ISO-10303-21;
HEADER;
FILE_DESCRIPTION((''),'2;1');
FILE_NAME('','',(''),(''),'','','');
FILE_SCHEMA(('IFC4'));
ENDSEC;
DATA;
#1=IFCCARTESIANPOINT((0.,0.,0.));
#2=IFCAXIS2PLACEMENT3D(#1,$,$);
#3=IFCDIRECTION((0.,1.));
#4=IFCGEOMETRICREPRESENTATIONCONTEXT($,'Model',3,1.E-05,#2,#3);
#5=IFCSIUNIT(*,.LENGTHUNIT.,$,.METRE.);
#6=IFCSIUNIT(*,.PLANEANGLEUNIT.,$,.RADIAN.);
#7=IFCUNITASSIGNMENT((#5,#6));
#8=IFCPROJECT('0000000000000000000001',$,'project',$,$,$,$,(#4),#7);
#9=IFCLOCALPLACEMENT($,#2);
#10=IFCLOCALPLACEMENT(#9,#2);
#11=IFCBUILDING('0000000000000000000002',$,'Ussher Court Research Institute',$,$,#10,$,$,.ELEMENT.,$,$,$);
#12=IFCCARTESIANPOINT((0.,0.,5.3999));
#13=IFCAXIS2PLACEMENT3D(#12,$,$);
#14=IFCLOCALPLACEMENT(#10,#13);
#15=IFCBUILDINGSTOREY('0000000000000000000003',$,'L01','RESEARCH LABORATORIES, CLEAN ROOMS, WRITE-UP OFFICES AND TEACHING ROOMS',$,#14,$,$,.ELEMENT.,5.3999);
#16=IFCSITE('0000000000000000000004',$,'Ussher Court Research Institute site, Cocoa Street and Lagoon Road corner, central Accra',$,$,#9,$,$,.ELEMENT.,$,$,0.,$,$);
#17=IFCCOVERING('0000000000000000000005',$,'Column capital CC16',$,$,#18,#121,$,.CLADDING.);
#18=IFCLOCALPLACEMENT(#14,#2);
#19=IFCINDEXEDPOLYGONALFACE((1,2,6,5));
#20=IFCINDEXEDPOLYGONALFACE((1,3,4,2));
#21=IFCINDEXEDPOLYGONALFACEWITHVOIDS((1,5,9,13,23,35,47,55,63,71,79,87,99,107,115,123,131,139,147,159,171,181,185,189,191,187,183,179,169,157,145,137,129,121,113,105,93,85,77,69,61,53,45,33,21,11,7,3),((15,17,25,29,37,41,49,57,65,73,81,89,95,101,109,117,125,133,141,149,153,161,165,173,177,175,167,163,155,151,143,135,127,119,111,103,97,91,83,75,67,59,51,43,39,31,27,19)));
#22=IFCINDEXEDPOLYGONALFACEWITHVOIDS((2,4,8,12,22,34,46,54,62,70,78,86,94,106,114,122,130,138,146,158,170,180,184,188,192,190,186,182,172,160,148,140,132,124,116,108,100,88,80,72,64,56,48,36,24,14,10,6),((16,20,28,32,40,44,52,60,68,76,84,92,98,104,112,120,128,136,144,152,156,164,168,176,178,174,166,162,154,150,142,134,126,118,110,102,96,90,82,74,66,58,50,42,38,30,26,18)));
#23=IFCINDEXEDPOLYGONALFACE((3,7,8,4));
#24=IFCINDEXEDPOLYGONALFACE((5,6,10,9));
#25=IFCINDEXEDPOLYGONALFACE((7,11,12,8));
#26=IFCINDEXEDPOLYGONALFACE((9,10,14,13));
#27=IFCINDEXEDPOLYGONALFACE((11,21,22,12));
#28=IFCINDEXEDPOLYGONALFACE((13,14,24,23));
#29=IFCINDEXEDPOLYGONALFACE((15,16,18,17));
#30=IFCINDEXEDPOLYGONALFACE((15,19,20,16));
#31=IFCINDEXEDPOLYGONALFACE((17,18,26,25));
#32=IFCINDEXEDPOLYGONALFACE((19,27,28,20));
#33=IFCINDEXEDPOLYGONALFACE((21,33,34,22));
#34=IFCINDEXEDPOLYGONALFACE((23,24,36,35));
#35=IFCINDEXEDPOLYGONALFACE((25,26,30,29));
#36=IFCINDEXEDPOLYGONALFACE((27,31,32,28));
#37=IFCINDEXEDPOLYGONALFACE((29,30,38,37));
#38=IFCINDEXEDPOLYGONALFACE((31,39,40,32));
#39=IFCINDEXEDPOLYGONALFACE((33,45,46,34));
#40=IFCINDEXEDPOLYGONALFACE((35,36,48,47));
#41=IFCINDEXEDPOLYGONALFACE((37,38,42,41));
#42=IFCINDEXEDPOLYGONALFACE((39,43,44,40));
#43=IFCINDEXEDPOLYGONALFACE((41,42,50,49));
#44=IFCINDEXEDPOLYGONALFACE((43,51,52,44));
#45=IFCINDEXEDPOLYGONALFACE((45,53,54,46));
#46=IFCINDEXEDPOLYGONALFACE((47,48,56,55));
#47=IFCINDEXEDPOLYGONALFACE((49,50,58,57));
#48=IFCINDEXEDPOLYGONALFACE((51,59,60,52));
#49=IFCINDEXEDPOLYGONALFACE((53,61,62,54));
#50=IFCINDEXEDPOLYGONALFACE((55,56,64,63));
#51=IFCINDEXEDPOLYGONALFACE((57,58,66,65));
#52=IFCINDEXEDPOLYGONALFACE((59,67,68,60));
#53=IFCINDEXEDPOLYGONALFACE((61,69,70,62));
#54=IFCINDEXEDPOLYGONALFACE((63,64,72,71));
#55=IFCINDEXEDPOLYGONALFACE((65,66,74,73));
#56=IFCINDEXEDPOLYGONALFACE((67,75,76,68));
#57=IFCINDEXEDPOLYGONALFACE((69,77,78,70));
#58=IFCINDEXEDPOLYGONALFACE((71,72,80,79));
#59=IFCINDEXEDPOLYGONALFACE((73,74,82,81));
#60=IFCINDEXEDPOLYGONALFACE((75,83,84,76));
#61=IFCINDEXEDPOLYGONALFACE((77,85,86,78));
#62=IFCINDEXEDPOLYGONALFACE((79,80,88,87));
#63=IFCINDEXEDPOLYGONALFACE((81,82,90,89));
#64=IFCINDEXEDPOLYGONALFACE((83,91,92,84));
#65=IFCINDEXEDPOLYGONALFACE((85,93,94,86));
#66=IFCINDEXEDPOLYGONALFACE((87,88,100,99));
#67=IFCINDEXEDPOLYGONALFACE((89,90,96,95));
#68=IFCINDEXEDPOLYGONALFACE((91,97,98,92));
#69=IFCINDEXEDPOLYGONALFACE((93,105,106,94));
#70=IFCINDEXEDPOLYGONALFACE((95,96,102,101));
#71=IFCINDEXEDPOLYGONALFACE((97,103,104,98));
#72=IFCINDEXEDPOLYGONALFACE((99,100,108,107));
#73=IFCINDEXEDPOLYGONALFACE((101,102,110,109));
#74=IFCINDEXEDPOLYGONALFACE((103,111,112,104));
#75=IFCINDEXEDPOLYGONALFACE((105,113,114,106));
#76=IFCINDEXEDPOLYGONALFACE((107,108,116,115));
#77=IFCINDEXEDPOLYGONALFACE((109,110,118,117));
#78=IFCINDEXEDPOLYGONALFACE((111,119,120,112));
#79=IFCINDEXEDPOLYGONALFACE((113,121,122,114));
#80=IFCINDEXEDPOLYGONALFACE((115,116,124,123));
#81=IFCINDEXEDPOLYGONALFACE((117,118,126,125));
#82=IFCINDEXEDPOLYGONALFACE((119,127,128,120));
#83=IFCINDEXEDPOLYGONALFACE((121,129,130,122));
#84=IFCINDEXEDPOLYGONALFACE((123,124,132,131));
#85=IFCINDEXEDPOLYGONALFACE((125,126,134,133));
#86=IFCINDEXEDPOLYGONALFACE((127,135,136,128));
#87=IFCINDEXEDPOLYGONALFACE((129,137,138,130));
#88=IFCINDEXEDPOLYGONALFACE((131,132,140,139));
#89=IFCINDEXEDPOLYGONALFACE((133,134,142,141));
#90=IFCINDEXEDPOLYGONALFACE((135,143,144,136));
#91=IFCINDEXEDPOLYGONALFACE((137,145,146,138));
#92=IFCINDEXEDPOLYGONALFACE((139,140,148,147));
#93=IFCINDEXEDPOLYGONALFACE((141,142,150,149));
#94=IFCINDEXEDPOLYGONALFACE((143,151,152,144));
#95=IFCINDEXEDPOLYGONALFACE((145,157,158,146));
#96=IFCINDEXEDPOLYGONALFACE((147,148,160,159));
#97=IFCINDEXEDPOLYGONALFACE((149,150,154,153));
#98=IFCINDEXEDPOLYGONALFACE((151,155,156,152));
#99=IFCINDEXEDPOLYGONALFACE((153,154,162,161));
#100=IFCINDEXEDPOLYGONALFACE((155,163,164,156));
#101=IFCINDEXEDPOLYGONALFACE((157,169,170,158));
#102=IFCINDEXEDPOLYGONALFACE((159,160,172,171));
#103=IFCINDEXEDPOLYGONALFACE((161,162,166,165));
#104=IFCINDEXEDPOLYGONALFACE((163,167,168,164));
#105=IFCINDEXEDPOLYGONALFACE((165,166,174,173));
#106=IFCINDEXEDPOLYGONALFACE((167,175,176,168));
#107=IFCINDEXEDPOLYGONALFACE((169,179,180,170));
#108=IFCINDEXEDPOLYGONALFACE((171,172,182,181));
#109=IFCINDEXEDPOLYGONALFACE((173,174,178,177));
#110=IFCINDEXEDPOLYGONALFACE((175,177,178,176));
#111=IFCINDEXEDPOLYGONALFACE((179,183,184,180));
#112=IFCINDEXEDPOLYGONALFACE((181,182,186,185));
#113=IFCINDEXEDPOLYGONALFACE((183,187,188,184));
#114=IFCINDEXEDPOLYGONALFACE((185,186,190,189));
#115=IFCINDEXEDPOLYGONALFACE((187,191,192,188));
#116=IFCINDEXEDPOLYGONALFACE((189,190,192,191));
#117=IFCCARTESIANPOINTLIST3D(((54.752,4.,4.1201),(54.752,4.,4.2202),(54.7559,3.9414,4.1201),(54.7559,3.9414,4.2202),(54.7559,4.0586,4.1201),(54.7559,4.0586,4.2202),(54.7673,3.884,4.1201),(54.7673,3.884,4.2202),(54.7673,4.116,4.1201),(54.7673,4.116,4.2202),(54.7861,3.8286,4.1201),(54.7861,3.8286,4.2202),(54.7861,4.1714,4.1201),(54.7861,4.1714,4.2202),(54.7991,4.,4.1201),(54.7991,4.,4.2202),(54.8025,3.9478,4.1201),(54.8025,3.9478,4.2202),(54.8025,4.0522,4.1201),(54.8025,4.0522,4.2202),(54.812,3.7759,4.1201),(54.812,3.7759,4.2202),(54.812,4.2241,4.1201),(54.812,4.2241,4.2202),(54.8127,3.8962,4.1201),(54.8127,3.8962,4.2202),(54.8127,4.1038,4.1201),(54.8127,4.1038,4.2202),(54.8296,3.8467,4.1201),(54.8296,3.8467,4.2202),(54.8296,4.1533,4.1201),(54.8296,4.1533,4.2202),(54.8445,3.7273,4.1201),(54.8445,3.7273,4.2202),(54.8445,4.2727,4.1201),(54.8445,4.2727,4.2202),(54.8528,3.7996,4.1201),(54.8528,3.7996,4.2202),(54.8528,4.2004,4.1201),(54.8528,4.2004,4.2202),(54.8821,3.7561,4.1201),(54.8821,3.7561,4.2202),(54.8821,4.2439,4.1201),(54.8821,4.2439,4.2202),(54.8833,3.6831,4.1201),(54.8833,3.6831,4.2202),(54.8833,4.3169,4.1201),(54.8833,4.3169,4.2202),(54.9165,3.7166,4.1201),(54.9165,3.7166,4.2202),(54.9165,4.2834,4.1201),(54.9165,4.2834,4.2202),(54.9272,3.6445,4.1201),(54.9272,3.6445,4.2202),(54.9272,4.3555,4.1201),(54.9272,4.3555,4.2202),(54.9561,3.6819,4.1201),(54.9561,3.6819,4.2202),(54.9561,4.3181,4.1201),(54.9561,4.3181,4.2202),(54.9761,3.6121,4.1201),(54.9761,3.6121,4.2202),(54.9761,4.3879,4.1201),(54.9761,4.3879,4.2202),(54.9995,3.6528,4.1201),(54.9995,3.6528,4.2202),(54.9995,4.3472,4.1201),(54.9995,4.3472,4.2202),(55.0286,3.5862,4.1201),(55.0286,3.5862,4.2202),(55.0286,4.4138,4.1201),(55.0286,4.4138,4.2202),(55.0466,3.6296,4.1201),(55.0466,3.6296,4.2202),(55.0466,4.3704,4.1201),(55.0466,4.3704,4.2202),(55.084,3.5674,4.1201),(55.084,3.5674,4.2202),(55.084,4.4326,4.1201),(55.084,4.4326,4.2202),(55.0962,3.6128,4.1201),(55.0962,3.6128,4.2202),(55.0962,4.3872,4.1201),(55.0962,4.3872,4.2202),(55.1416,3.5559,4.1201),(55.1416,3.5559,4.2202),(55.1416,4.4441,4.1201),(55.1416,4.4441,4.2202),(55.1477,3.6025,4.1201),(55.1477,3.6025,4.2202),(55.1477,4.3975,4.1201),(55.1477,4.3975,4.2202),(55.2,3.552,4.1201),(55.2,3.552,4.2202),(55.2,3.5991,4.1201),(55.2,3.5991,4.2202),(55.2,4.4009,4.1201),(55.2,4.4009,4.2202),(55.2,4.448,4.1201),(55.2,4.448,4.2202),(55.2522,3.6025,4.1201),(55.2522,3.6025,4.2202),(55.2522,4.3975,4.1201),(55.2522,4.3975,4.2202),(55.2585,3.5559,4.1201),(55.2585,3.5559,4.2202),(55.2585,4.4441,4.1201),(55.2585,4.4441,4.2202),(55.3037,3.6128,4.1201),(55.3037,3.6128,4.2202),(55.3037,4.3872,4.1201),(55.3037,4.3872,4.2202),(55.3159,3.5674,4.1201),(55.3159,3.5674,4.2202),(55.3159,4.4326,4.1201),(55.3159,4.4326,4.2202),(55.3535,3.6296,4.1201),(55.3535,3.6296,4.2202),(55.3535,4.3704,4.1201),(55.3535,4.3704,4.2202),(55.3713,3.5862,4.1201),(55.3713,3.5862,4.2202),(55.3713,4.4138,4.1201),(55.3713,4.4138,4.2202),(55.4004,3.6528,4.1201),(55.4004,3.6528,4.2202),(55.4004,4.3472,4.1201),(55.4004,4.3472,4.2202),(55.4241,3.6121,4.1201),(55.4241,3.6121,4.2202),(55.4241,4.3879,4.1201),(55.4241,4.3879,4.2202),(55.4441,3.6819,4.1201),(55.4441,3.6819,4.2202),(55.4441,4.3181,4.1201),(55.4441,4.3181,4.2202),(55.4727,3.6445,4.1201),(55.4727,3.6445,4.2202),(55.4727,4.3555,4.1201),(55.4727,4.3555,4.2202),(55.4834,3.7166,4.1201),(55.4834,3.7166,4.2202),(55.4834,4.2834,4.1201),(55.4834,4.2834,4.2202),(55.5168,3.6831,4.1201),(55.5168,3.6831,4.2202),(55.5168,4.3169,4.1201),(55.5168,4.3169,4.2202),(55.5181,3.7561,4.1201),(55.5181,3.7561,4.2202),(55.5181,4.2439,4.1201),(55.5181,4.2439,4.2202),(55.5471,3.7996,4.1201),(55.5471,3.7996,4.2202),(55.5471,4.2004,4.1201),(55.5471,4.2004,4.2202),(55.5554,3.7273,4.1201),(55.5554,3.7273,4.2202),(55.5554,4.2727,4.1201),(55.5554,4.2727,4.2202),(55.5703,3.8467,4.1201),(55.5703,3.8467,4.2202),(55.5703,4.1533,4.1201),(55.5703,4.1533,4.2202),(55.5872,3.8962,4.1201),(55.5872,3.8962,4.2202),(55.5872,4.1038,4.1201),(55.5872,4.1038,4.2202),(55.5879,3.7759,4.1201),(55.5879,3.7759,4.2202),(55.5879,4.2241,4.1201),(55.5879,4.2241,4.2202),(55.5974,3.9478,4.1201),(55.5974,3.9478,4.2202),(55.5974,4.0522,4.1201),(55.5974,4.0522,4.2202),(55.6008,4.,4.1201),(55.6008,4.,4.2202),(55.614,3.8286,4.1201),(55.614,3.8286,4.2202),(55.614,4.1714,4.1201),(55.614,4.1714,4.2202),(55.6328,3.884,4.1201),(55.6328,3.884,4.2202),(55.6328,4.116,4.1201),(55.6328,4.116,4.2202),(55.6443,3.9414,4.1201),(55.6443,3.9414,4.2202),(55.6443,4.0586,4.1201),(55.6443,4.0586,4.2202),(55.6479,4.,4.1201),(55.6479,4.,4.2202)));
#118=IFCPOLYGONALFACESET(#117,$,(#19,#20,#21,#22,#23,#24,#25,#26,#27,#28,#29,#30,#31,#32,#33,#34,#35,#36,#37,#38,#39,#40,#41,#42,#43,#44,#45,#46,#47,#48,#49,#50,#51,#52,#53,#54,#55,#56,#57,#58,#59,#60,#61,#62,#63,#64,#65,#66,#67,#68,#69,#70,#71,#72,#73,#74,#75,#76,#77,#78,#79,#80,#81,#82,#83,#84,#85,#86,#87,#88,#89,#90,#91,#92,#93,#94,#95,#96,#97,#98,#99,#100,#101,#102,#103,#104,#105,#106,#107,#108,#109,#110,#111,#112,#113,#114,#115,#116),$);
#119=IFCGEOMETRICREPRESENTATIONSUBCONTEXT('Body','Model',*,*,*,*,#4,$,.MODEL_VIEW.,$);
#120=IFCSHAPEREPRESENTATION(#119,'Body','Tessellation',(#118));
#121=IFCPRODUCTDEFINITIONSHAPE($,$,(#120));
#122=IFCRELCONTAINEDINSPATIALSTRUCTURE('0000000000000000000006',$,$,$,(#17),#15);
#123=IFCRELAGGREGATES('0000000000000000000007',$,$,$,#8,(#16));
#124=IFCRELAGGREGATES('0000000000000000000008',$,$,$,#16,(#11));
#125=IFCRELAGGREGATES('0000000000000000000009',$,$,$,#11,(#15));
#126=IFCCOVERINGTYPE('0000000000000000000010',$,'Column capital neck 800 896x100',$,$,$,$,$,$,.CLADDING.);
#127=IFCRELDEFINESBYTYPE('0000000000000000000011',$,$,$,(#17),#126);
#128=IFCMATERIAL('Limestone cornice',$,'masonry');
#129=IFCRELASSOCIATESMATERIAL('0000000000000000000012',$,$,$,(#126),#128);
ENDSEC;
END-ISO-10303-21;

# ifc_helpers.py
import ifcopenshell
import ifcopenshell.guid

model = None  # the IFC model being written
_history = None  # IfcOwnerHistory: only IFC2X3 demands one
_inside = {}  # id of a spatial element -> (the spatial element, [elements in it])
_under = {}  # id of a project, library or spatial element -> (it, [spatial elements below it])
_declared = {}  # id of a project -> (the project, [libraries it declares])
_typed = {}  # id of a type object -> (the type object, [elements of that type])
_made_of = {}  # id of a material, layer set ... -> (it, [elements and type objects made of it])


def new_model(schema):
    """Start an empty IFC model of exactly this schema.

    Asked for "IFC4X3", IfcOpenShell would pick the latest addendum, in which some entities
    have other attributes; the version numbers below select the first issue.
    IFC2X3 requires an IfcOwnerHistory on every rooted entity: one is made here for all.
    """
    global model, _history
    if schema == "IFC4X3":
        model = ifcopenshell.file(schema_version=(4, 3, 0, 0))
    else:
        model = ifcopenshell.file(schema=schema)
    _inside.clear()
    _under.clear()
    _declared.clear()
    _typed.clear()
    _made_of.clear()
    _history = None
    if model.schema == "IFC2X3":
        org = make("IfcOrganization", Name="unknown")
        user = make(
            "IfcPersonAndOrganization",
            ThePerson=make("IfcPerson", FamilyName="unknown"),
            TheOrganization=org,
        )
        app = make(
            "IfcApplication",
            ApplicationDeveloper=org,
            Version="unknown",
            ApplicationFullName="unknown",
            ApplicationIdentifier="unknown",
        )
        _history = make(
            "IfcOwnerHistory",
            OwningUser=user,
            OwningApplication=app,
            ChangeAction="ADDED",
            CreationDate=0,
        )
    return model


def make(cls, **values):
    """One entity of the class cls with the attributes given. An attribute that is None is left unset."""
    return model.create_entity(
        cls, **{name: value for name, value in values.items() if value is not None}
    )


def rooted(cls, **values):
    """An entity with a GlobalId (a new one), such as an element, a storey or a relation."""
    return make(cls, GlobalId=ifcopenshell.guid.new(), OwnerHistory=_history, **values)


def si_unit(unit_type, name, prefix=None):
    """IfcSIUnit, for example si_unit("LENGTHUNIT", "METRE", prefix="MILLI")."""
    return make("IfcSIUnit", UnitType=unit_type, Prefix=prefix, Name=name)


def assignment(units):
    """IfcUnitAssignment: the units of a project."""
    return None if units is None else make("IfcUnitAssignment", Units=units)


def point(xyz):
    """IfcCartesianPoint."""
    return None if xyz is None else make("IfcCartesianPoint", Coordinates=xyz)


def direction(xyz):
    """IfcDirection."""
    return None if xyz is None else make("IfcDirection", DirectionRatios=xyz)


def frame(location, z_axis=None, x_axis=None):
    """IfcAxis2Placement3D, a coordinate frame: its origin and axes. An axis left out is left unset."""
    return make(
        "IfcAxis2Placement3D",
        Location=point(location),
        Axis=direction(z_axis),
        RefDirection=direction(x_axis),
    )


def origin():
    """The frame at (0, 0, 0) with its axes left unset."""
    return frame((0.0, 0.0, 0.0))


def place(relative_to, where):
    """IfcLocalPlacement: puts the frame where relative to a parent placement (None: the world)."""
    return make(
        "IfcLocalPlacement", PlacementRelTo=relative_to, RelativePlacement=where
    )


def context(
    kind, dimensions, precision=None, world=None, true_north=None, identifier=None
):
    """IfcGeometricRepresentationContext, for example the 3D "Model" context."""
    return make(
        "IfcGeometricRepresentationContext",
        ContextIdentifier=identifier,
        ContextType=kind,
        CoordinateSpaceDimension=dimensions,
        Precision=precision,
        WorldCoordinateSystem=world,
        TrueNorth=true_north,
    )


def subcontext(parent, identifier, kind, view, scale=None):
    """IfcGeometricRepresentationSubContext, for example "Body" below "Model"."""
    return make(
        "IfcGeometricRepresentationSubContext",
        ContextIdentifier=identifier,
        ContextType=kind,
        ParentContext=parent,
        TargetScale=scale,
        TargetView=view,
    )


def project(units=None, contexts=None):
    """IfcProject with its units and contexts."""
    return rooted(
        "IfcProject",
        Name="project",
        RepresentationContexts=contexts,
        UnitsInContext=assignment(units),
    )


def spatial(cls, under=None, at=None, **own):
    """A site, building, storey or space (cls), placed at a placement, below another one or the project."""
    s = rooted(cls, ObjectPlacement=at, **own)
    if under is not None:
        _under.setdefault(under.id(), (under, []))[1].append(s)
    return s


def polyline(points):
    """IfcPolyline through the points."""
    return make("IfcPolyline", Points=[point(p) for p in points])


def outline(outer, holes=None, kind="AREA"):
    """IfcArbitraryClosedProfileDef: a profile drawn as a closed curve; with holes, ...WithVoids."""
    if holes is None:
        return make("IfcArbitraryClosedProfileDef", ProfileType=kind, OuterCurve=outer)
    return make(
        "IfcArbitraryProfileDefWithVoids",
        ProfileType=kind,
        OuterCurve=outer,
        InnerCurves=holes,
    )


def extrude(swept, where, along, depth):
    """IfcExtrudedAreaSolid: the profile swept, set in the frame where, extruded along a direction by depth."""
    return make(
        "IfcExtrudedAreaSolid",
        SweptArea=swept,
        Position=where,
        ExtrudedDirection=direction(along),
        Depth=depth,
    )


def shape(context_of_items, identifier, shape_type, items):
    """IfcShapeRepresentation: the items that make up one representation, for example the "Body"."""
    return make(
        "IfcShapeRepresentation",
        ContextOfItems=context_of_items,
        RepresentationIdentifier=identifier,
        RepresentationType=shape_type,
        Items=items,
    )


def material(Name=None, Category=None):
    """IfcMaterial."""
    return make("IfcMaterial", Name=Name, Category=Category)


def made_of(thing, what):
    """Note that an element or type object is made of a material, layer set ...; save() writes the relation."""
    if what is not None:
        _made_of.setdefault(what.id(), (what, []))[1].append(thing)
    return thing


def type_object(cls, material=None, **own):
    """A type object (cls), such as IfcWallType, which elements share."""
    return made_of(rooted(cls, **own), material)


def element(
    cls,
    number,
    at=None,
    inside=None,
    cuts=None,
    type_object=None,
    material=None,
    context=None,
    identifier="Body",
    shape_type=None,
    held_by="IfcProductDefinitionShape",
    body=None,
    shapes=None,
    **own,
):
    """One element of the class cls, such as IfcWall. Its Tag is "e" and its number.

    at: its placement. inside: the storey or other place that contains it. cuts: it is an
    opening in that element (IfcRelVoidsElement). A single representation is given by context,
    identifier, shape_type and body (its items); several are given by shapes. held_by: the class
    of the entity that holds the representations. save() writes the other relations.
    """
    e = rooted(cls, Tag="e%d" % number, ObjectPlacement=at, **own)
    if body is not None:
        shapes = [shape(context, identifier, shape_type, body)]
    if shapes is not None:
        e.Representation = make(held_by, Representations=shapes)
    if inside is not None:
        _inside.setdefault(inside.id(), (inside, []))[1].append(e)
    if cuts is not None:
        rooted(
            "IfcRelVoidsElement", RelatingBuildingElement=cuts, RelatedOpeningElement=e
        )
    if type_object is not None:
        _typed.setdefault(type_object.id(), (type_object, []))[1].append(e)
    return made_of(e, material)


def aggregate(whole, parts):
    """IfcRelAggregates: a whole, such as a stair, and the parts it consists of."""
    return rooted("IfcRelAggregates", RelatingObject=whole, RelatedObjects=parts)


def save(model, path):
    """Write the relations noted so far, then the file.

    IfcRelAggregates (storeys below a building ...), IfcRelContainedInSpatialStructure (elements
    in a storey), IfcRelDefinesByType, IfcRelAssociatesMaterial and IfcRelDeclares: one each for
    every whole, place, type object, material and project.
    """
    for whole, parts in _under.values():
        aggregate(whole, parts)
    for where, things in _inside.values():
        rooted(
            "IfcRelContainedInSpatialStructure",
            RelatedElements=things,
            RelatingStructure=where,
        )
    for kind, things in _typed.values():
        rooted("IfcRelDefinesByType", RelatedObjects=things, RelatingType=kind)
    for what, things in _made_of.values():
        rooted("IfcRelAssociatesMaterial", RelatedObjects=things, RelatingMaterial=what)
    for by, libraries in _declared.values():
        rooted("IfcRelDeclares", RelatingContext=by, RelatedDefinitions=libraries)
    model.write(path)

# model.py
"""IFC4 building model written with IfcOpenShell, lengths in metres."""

from ifc_helpers import new_model, si_unit, direction, frame, origin, place, context, subcontext, project, spatial, polyline, outline, extrude, material, type_object, element, save


model = new_model("IFC4")

# Units and contexts
model_context = context("Model", 3, precision=1e-05, world=origin(), true_north=direction((0.0, 1.0)))
body_context = subcontext(model_context, "Body", "Model", "MODEL_VIEW")
ifc_project = project(units=[si_unit("LENGTHUNIT", "METRE"), si_unit("PLANEANGLEUNIT", "RADIAN")], contexts=[model_context])

# Site, building, storey
site_placement = place(None, origin())
site = spatial("IfcSite", under=ifc_project, at=site_placement, Name="Ussher Court Research Institute site, Cocoa Street and Lagoon Road corner, central Accra", CompositionType="ELEMENT", RefElevation=0.0)
building_placement = place(site_placement, origin())
building = spatial("IfcBuilding", under=site, at=building_placement, Name="Ussher Court Research Institute", CompositionType="ELEMENT")
storey_placement = place(building_placement, frame((0.0, 0.0, 5.3999)))
storey = spatial("IfcBuildingStorey", under=building, at=storey_placement, Name="L01", Description="RESEARCH LABORATORIES, CLEAN ROOMS, WRITE-UP OFFICES AND TEACHING ROOMS", CompositionType="ELEMENT", Elevation=5.3999)

# Covering
ifc_material_1 = material(Name="Limestone cornice", Category="masonry")
covering_type_1 = type_object("IfcCoveringType", Name="Column capital neck 800 896x100", PredefinedType="CLADDING", material=ifc_material_1)
covering_1_placement = place(storey_placement, frame((0.0, 0.0, 4.1201)))
element("IfcCovering", 1, at=covering_1_placement, inside=storey, type_object=covering_type_1, Name="Column capital CC16", PredefinedType="CLADDING", context=body_context, shape_type="SweptSolid", body=[
    extrude(outline(polyline([(55.6479, 4.0), (55.6443, 4.0586), (55.6328, 4.116), (55.614, 4.1714), (55.5879, 4.2241), (55.5554, 4.2727), (55.5168, 4.3169), (55.4727, 4.3555), (55.4241, 4.3879), (55.3713, 4.4138), (55.3159, 4.4326), (55.2585, 4.4441), (55.2, 4.448), (55.1416, 4.4441), (55.084, 4.4326), (55.0286, 4.4138), (54.9761, 4.3879), (54.9272, 4.3555), (54.8833, 4.3169), (54.8445, 4.2727), (54.812, 4.2241), (54.7861, 4.1714), (54.7673, 4.116), (54.7559, 4.0586), (54.752, 4.0), (54.7559, 3.9414), (54.7673, 3.884), (54.7861, 3.8286), (54.812, 3.7759), (54.8445, 3.7273), (54.8833, 3.6831), (54.9272, 3.6445), (54.9761, 3.6121), (55.0286, 3.5862), (55.084, 3.5674), (55.1416, 3.5559), (55.2, 3.552), (55.2585, 3.5559), (55.3159, 3.5674), (55.3713, 3.5862), (55.4241, 3.6121), (55.4727, 3.6445), (55.5168, 3.6831), (55.5554, 3.7273), (55.5879, 3.7759), (55.614, 3.8286), (55.6328, 3.884), (55.6443, 3.9414), (55.6479, 4.0)]), holes=[polyline([(55.6008, 4.0), (55.5974, 4.0522), (55.5872, 4.1038), (55.5703, 4.1533), (55.5471, 4.2004), (55.5181, 4.2439), (55.4834, 4.2834), (55.4441, 4.3181), (55.4004, 4.3472), (55.3535, 4.3704), (55.3037, 4.3872), (55.2522, 4.3975), (55.2, 4.4009), (55.1477, 4.3975), (55.0962, 4.3872), (55.0466, 4.3704), (54.9995, 4.3472), (54.9561, 4.3181), (54.9165, 4.2834), (54.8821, 4.2439), (54.8528, 4.2004), (54.8296, 4.1533), (54.8127, 4.1038), (54.8025, 4.0522), (54.7991, 4.0), (54.8025, 3.9478), (54.8127, 3.8962), (54.8296, 3.8467), (54.8528, 3.7996), (54.8821, 3.7561), (54.9165, 3.7166), (54.9561, 3.6819), (54.9995, 3.6528), (55.0466, 3.6296), (55.0962, 3.6128), (55.1477, 3.6025), (55.2, 3.5991), (55.2522, 3.6025), (55.3037, 3.6128), (55.3535, 3.6296), (55.4004, 3.6528), (55.4441, 3.6819), (55.4834, 3.7166), (55.5181, 3.7561), (55.5471, 3.7996), (55.5703, 3.8467), (55.5872, 3.8962), (55.5974, 3.9478), (55.6008, 4.0)])]), origin(), (0.0, 0.0, 1.0), 0.1001),
])

save(model, "model.ifc")
